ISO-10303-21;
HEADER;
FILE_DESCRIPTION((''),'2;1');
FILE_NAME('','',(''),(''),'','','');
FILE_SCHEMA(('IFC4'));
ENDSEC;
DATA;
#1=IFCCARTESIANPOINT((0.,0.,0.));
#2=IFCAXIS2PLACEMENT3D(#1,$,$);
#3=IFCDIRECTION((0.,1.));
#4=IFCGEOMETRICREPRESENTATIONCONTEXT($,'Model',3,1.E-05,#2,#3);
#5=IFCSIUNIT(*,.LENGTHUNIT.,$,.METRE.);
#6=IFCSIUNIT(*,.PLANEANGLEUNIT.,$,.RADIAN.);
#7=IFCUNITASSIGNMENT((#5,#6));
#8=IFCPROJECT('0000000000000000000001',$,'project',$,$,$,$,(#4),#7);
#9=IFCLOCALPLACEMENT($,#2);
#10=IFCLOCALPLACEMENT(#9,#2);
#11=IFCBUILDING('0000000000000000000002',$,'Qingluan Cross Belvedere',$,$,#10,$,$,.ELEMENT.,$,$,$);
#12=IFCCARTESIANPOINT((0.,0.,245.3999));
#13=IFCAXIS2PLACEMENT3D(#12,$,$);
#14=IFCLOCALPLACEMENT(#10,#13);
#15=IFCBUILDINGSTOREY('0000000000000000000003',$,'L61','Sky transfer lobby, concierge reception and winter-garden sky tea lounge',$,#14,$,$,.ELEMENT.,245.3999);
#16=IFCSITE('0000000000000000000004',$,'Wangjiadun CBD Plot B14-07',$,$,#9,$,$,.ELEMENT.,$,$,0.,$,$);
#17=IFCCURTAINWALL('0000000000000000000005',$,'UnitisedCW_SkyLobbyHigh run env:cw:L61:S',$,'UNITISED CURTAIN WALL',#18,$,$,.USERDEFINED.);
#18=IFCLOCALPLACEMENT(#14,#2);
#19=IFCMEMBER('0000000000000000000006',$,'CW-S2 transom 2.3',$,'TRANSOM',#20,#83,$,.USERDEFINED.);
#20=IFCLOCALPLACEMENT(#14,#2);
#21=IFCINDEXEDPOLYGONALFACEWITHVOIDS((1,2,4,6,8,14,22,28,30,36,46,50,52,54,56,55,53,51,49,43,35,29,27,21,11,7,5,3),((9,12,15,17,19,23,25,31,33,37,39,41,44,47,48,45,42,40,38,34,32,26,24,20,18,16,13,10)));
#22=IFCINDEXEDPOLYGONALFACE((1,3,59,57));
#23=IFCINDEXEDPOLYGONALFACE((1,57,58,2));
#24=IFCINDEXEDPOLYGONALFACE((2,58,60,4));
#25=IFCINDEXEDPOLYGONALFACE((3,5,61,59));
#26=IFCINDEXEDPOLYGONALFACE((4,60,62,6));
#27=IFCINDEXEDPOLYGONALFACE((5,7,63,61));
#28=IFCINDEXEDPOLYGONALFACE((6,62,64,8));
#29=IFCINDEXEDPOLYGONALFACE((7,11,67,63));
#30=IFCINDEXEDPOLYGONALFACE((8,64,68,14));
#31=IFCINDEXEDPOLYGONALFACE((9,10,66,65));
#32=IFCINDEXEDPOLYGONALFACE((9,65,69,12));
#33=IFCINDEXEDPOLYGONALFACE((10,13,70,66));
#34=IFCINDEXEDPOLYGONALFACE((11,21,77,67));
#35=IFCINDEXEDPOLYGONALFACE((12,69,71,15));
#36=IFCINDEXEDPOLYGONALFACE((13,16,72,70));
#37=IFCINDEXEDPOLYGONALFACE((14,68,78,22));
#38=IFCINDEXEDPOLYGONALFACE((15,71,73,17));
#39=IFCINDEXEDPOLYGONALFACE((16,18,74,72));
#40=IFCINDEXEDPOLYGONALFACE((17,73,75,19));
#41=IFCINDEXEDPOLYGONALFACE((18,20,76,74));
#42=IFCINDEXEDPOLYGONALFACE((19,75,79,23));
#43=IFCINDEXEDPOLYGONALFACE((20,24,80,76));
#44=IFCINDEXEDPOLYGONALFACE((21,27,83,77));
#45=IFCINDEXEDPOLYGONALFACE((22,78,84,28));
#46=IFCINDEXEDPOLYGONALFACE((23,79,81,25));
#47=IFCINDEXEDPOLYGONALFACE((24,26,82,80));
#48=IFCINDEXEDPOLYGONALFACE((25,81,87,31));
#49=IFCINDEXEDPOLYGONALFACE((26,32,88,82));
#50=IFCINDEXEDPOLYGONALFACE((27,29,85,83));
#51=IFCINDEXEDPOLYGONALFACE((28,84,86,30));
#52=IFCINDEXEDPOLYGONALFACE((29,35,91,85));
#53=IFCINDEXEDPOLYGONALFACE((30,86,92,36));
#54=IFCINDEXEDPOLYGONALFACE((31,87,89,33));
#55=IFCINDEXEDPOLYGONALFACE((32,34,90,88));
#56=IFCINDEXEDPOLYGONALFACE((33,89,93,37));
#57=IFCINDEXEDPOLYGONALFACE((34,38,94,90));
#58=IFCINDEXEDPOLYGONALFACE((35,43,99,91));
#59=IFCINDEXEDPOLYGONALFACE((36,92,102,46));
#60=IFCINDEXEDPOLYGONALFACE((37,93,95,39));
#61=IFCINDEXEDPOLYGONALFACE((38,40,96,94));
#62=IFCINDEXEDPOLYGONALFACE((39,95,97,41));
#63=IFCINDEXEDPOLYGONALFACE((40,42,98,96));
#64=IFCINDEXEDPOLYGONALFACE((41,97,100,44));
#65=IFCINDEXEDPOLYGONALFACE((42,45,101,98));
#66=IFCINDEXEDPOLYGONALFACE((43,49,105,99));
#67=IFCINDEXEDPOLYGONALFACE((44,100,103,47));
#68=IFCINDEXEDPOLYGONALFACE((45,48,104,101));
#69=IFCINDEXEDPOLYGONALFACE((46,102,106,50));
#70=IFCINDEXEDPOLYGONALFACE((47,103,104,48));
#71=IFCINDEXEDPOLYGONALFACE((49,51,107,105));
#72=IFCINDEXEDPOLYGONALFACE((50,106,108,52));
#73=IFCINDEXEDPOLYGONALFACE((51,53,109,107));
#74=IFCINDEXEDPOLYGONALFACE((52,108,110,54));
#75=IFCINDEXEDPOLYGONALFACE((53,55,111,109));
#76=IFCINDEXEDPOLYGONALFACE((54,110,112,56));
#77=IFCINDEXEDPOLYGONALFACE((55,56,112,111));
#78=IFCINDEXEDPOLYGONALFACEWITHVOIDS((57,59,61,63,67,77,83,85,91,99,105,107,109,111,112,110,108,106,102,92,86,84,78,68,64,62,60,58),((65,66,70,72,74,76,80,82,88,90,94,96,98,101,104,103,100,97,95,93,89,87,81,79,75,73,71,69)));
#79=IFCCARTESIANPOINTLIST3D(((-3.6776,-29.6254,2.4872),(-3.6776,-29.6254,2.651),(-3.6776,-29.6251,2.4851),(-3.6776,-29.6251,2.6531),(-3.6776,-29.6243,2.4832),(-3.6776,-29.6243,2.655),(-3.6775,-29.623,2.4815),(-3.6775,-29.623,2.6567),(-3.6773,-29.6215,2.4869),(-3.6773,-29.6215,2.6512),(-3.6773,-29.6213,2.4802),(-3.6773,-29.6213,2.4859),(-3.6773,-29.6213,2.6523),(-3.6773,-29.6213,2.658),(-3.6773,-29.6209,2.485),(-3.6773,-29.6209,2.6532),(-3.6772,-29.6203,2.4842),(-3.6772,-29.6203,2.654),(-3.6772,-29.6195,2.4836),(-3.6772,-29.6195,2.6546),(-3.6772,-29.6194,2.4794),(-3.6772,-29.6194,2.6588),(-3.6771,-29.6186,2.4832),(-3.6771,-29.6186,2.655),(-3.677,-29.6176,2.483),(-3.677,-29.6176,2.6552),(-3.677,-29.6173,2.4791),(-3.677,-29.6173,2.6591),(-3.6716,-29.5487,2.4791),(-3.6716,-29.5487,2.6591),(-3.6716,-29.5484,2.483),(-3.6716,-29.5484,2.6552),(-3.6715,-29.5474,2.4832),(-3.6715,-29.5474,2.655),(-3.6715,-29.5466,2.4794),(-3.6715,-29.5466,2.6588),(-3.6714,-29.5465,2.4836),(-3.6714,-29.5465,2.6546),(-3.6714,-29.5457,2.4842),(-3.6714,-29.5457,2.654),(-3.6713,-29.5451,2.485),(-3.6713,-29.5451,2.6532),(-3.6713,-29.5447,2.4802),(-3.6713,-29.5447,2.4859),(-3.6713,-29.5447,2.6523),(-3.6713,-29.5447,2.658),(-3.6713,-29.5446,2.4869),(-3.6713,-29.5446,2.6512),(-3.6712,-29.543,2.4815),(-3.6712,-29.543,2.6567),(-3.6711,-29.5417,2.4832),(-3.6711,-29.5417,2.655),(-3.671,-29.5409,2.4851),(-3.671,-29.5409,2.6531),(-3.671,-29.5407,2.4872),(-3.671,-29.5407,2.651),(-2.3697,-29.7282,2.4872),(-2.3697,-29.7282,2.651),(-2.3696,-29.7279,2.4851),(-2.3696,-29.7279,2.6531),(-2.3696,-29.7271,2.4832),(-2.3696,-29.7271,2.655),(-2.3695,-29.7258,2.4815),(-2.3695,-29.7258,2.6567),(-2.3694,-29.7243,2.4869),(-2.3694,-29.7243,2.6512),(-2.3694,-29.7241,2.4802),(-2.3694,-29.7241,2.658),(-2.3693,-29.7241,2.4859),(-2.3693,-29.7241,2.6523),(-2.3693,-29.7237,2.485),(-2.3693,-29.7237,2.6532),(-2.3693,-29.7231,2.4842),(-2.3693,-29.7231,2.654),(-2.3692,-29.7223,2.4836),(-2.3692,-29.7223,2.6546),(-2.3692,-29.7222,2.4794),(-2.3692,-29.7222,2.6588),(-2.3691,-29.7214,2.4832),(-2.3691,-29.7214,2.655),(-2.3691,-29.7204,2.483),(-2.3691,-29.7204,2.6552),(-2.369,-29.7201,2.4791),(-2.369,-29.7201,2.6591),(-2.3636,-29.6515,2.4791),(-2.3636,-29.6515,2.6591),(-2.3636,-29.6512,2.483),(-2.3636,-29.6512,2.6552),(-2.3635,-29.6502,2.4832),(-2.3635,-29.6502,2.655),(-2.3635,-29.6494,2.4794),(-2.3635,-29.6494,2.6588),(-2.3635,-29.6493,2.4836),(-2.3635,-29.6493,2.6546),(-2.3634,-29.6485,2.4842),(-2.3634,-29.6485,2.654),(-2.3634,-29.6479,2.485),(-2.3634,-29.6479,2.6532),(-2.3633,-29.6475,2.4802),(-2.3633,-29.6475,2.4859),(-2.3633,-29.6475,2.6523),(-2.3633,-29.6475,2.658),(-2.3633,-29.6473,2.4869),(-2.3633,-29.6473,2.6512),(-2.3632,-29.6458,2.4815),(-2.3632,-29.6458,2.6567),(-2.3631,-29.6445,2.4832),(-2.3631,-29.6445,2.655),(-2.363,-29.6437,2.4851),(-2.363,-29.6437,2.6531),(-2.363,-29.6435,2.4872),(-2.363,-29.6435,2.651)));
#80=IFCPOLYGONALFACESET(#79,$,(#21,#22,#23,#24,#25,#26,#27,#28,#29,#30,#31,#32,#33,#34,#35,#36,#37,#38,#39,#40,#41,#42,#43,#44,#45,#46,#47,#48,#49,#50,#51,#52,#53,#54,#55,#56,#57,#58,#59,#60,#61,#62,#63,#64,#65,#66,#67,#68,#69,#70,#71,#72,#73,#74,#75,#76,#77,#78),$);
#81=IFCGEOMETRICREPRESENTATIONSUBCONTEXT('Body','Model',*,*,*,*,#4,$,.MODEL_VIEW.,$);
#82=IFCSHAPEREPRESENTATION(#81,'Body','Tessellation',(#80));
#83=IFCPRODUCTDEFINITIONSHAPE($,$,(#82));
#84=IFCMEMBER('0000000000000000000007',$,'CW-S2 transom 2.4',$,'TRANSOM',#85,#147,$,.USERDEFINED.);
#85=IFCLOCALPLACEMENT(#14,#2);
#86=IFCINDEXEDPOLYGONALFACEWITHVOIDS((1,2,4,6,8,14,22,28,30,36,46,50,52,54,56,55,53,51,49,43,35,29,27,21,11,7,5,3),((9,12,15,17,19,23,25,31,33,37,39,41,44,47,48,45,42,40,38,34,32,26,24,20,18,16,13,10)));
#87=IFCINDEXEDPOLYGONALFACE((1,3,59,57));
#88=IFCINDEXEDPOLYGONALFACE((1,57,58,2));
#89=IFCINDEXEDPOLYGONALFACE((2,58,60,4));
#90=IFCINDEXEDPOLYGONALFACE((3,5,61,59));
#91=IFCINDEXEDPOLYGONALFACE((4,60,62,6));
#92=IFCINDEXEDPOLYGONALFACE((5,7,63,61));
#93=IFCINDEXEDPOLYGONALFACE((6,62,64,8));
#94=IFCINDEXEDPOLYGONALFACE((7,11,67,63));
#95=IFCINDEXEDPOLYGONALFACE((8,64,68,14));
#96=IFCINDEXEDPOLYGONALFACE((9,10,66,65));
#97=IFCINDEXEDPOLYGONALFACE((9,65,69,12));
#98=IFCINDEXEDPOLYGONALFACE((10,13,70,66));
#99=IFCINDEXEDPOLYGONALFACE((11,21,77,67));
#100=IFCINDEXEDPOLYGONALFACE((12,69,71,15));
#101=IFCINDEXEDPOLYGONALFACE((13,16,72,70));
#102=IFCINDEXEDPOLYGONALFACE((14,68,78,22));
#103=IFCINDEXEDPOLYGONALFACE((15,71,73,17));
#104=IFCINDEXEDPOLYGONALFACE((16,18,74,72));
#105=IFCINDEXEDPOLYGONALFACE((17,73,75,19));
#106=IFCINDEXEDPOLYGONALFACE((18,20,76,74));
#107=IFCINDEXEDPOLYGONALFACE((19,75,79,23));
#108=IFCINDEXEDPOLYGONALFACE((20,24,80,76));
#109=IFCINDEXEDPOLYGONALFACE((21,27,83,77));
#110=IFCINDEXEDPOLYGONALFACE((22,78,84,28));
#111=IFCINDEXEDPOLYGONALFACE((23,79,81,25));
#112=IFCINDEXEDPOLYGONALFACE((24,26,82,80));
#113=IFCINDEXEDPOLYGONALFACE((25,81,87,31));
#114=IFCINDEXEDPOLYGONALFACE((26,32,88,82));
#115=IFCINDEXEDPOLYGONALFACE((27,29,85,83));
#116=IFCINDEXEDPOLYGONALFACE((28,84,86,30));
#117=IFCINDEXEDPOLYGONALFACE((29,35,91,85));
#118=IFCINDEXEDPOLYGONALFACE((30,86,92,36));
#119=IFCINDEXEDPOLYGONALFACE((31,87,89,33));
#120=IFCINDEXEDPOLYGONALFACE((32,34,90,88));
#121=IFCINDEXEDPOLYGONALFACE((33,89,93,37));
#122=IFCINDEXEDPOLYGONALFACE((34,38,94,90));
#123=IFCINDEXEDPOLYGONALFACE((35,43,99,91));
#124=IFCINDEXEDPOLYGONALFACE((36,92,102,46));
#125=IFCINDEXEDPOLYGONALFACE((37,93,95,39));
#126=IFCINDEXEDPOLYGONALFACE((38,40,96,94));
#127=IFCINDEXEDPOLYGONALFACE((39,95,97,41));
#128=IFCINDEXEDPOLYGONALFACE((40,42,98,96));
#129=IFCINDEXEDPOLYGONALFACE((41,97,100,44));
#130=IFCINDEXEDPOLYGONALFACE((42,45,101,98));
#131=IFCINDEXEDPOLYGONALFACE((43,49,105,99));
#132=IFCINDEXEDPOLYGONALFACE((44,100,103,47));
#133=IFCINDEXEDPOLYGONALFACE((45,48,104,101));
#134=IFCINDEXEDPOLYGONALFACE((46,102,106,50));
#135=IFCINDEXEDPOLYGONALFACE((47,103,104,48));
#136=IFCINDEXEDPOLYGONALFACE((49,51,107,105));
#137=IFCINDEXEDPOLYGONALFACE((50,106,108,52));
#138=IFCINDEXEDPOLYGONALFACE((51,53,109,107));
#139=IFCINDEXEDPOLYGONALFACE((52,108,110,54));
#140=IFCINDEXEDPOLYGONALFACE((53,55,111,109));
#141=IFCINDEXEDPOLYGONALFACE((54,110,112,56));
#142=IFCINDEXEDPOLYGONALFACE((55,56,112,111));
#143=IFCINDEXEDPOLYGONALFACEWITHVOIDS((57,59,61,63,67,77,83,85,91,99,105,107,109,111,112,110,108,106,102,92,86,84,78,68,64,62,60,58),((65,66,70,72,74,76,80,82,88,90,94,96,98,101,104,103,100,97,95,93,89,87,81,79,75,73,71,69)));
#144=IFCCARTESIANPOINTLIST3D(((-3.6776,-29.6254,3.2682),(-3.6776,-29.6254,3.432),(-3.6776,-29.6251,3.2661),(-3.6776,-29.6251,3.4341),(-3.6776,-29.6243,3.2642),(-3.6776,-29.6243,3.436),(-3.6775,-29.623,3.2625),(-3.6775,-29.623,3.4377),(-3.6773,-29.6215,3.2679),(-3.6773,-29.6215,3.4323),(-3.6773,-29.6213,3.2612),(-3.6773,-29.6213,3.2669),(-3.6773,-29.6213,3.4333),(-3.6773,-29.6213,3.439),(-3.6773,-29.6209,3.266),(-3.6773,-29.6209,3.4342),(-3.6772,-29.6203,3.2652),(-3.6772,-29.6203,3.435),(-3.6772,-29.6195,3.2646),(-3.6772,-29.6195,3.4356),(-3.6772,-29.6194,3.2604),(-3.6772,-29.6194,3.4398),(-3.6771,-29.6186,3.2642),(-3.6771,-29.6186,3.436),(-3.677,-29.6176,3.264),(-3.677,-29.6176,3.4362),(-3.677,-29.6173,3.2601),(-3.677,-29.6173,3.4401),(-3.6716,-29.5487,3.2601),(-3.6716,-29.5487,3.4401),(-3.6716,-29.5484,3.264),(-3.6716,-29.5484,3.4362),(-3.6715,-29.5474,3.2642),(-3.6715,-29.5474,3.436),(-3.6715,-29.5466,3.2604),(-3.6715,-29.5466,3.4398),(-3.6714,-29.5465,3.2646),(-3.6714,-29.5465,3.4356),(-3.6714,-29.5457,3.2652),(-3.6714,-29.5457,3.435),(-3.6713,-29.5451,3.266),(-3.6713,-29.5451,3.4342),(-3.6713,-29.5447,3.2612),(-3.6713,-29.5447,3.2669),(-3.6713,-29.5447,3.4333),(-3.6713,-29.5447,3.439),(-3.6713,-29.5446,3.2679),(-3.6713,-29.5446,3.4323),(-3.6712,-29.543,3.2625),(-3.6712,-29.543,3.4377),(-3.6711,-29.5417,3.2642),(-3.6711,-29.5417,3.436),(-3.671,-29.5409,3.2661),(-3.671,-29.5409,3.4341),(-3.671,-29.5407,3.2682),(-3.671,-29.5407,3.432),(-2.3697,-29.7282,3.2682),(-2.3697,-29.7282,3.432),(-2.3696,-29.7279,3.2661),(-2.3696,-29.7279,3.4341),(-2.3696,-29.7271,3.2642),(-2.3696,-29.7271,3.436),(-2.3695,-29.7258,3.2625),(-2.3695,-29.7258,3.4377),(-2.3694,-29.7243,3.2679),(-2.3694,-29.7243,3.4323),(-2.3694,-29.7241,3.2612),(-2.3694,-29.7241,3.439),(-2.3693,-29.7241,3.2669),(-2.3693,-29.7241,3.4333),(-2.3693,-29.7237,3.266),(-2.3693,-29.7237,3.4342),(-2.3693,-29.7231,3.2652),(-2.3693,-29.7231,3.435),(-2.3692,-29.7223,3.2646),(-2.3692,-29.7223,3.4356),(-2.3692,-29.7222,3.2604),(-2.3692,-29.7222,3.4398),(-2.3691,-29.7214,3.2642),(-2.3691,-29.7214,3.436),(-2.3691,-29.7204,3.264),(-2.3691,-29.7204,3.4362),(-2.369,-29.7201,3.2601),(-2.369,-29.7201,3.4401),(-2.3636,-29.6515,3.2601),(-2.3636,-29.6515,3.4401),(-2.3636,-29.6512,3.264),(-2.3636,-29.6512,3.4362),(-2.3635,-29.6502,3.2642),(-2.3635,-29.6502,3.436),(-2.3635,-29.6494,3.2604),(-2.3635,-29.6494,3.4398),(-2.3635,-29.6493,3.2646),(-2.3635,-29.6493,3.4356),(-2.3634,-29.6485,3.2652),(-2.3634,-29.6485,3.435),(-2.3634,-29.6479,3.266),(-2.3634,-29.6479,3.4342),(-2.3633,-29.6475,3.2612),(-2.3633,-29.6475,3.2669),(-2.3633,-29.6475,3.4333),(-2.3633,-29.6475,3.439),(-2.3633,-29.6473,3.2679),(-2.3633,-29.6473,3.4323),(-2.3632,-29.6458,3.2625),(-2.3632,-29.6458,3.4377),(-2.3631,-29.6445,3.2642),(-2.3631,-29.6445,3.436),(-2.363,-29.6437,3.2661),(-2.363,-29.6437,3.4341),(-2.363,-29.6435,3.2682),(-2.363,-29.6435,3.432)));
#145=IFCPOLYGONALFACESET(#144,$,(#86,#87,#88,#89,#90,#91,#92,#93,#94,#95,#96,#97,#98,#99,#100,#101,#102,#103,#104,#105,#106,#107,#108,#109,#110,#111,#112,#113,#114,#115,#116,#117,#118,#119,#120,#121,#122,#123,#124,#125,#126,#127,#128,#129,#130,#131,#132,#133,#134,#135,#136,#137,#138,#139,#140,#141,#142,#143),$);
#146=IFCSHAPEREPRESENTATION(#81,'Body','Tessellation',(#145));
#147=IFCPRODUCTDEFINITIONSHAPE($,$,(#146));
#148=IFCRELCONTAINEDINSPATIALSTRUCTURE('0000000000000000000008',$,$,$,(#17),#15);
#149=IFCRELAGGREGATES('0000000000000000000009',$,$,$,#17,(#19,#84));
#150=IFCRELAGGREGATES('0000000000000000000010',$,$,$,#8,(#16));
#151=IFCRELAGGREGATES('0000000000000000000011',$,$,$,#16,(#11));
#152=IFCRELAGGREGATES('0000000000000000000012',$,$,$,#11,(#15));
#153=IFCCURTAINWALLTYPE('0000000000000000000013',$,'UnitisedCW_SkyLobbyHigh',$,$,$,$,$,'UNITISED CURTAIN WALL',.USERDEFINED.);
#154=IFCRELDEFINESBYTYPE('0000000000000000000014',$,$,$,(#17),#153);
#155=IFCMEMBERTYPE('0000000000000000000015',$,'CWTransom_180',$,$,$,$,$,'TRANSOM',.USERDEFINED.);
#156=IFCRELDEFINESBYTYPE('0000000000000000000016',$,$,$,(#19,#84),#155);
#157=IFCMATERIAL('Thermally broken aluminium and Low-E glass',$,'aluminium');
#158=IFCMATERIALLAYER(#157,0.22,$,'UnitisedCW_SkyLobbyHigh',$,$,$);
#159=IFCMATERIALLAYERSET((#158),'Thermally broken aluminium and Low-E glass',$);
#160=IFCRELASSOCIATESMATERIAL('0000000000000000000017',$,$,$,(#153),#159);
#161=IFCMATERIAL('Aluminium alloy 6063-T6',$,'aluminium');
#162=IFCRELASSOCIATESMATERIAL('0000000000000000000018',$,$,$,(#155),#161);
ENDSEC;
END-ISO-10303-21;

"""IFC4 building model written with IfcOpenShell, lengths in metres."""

from ifc_helpers import new_model, si_unit, direction, frame, origin, origin_2d, place, context, subcontext, project, spatial, hollow_rectangle, extrude, material, layer, layer_set, material_profile, profile_set, type_object, element, aggregate, save


model = new_model("IFC4")

# Units and contexts
model_context = context("Model", 3, precision=1e-05, world=origin(), true_north=direction((0.0, 1.0)))
body_context = subcontext(model_context, "Body", "Model", "MODEL_VIEW")
ifc_project = project(units=[si_unit("LENGTHUNIT", "METRE"), si_unit("PLANEANGLEUNIT", "RADIAN")], contexts=[model_context])

# Site, building, storey
site_placement = place(None, origin())
site = spatial("IfcSite", under=ifc_project, at=site_placement, Name="Wangjiadun CBD Plot B14-07", CompositionType="ELEMENT", RefElevation=0.0)
building_placement = place(site_placement, origin())
building = spatial("IfcBuilding", under=site, at=building_placement, Name="Qingluan Cross Belvedere", CompositionType="ELEMENT")
storey_placement = place(building_placement, frame((0.0, 0.0, 245.3999)))
storey = spatial("IfcBuildingStorey", under=building, at=storey_placement, Name="L61", Description="Sky transfer lobby, concierge reception and winter-garden sky tea lounge", CompositionType="ELEMENT", Elevation=245.3999)

# Curtain wall, members
ifc_material_1 = material(Name="Thermally broken aluminium and Low-E glass", Category="aluminium")
ifc_layer_1 = layer(ifc_material_1, 0.22, Name="UnitisedCW_SkyLobbyHigh")
ifc_layer_set_1 = layer_set([ifc_layer_1], Name="Thermally broken aluminium and Low-E glass")
curtain_wall_type = type_object("IfcCurtainWallType", Name="UnitisedCW_SkyLobbyHigh", ElementType="UNITISED CURTAIN WALL", PredefinedType="USERDEFINED", material=ifc_layer_set_1)
curtain_wall_placement = place(storey_placement, origin())
curtain_wall = element("IfcCurtainWall", 1, at=curtain_wall_placement, inside=storey, type_object=curtain_wall_type, Name="UnitisedCW_SkyLobbyHigh run env:cw:L61:S", ObjectType="UNITISED CURTAIN WALL", PredefinedType="USERDEFINED")
ifc_material_2 = material(Name="Aluminium alloy 6063-T6", Category="aluminium")
ifc_material_profile_1 = material_profile(ifc_material_2, hollow_rectangle(XDim=0.085, YDim=0.1799, WallThickness=0.0039, InnerFilletRadius=0.0039, OuterFilletRadius=0.0081, at=origin_2d()), Name="CWT180x85x4")
ifc_profile_set_1 = profile_set([ifc_material_profile_1], Name="Aluminium alloy 6063-T6")
member_type_1 = type_object("IfcMemberType", Name="CWTransom_180", ElementType="TRANSOM", PredefinedType="USERDEFINED", material=ifc_profile_set_1)
member_1_placement = place(storey_placement, frame((-3.6743, -29.583, 2.5691), z_axis=(0.996926, -0.078347, 0.0), x_axis=(0.078347, 0.996926, 0.0)))
member_1 = element("IfcMember", 2, at=member_1_placement, type_object=member_type_1, Name="CW-S2 transom 2.3", ObjectType="TRANSOM", PredefinedType="USERDEFINED", context=body_context, shape_type="SweptSolid", body=[
    extrude(hollow_rectangle(XDim=0.085, YDim=0.1799, WallThickness=0.0039, InnerFilletRadius=0.0039, OuterFilletRadius=0.0081, at=origin_2d()), origin(), (0.0, 0.0, 1.0), 1.312),
])
member_2_placement = place(storey_placement, frame((-3.6743, -29.583, 3.3501), z_axis=(0.996926, -0.078347, 0.0), x_axis=(0.078347, 0.996926, 0.0)))
member_2 = element("IfcMember", 3, at=member_2_placement, type_object=member_type_1, Name="CW-S2 transom 2.4", ObjectType="TRANSOM", PredefinedType="USERDEFINED", context=body_context, shape_type="SweptSolid", body=[
    extrude(hollow_rectangle(XDim=0.085, YDim=0.1799, WallThickness=0.0039, InnerFilletRadius=0.0039, OuterFilletRadius=0.0081, at=origin_2d()), origin(), (0.0, 0.0, 1.0), 1.312),
])
aggregate(curtain_wall, [member_1, member_2])

save(model, "model.ifc")
